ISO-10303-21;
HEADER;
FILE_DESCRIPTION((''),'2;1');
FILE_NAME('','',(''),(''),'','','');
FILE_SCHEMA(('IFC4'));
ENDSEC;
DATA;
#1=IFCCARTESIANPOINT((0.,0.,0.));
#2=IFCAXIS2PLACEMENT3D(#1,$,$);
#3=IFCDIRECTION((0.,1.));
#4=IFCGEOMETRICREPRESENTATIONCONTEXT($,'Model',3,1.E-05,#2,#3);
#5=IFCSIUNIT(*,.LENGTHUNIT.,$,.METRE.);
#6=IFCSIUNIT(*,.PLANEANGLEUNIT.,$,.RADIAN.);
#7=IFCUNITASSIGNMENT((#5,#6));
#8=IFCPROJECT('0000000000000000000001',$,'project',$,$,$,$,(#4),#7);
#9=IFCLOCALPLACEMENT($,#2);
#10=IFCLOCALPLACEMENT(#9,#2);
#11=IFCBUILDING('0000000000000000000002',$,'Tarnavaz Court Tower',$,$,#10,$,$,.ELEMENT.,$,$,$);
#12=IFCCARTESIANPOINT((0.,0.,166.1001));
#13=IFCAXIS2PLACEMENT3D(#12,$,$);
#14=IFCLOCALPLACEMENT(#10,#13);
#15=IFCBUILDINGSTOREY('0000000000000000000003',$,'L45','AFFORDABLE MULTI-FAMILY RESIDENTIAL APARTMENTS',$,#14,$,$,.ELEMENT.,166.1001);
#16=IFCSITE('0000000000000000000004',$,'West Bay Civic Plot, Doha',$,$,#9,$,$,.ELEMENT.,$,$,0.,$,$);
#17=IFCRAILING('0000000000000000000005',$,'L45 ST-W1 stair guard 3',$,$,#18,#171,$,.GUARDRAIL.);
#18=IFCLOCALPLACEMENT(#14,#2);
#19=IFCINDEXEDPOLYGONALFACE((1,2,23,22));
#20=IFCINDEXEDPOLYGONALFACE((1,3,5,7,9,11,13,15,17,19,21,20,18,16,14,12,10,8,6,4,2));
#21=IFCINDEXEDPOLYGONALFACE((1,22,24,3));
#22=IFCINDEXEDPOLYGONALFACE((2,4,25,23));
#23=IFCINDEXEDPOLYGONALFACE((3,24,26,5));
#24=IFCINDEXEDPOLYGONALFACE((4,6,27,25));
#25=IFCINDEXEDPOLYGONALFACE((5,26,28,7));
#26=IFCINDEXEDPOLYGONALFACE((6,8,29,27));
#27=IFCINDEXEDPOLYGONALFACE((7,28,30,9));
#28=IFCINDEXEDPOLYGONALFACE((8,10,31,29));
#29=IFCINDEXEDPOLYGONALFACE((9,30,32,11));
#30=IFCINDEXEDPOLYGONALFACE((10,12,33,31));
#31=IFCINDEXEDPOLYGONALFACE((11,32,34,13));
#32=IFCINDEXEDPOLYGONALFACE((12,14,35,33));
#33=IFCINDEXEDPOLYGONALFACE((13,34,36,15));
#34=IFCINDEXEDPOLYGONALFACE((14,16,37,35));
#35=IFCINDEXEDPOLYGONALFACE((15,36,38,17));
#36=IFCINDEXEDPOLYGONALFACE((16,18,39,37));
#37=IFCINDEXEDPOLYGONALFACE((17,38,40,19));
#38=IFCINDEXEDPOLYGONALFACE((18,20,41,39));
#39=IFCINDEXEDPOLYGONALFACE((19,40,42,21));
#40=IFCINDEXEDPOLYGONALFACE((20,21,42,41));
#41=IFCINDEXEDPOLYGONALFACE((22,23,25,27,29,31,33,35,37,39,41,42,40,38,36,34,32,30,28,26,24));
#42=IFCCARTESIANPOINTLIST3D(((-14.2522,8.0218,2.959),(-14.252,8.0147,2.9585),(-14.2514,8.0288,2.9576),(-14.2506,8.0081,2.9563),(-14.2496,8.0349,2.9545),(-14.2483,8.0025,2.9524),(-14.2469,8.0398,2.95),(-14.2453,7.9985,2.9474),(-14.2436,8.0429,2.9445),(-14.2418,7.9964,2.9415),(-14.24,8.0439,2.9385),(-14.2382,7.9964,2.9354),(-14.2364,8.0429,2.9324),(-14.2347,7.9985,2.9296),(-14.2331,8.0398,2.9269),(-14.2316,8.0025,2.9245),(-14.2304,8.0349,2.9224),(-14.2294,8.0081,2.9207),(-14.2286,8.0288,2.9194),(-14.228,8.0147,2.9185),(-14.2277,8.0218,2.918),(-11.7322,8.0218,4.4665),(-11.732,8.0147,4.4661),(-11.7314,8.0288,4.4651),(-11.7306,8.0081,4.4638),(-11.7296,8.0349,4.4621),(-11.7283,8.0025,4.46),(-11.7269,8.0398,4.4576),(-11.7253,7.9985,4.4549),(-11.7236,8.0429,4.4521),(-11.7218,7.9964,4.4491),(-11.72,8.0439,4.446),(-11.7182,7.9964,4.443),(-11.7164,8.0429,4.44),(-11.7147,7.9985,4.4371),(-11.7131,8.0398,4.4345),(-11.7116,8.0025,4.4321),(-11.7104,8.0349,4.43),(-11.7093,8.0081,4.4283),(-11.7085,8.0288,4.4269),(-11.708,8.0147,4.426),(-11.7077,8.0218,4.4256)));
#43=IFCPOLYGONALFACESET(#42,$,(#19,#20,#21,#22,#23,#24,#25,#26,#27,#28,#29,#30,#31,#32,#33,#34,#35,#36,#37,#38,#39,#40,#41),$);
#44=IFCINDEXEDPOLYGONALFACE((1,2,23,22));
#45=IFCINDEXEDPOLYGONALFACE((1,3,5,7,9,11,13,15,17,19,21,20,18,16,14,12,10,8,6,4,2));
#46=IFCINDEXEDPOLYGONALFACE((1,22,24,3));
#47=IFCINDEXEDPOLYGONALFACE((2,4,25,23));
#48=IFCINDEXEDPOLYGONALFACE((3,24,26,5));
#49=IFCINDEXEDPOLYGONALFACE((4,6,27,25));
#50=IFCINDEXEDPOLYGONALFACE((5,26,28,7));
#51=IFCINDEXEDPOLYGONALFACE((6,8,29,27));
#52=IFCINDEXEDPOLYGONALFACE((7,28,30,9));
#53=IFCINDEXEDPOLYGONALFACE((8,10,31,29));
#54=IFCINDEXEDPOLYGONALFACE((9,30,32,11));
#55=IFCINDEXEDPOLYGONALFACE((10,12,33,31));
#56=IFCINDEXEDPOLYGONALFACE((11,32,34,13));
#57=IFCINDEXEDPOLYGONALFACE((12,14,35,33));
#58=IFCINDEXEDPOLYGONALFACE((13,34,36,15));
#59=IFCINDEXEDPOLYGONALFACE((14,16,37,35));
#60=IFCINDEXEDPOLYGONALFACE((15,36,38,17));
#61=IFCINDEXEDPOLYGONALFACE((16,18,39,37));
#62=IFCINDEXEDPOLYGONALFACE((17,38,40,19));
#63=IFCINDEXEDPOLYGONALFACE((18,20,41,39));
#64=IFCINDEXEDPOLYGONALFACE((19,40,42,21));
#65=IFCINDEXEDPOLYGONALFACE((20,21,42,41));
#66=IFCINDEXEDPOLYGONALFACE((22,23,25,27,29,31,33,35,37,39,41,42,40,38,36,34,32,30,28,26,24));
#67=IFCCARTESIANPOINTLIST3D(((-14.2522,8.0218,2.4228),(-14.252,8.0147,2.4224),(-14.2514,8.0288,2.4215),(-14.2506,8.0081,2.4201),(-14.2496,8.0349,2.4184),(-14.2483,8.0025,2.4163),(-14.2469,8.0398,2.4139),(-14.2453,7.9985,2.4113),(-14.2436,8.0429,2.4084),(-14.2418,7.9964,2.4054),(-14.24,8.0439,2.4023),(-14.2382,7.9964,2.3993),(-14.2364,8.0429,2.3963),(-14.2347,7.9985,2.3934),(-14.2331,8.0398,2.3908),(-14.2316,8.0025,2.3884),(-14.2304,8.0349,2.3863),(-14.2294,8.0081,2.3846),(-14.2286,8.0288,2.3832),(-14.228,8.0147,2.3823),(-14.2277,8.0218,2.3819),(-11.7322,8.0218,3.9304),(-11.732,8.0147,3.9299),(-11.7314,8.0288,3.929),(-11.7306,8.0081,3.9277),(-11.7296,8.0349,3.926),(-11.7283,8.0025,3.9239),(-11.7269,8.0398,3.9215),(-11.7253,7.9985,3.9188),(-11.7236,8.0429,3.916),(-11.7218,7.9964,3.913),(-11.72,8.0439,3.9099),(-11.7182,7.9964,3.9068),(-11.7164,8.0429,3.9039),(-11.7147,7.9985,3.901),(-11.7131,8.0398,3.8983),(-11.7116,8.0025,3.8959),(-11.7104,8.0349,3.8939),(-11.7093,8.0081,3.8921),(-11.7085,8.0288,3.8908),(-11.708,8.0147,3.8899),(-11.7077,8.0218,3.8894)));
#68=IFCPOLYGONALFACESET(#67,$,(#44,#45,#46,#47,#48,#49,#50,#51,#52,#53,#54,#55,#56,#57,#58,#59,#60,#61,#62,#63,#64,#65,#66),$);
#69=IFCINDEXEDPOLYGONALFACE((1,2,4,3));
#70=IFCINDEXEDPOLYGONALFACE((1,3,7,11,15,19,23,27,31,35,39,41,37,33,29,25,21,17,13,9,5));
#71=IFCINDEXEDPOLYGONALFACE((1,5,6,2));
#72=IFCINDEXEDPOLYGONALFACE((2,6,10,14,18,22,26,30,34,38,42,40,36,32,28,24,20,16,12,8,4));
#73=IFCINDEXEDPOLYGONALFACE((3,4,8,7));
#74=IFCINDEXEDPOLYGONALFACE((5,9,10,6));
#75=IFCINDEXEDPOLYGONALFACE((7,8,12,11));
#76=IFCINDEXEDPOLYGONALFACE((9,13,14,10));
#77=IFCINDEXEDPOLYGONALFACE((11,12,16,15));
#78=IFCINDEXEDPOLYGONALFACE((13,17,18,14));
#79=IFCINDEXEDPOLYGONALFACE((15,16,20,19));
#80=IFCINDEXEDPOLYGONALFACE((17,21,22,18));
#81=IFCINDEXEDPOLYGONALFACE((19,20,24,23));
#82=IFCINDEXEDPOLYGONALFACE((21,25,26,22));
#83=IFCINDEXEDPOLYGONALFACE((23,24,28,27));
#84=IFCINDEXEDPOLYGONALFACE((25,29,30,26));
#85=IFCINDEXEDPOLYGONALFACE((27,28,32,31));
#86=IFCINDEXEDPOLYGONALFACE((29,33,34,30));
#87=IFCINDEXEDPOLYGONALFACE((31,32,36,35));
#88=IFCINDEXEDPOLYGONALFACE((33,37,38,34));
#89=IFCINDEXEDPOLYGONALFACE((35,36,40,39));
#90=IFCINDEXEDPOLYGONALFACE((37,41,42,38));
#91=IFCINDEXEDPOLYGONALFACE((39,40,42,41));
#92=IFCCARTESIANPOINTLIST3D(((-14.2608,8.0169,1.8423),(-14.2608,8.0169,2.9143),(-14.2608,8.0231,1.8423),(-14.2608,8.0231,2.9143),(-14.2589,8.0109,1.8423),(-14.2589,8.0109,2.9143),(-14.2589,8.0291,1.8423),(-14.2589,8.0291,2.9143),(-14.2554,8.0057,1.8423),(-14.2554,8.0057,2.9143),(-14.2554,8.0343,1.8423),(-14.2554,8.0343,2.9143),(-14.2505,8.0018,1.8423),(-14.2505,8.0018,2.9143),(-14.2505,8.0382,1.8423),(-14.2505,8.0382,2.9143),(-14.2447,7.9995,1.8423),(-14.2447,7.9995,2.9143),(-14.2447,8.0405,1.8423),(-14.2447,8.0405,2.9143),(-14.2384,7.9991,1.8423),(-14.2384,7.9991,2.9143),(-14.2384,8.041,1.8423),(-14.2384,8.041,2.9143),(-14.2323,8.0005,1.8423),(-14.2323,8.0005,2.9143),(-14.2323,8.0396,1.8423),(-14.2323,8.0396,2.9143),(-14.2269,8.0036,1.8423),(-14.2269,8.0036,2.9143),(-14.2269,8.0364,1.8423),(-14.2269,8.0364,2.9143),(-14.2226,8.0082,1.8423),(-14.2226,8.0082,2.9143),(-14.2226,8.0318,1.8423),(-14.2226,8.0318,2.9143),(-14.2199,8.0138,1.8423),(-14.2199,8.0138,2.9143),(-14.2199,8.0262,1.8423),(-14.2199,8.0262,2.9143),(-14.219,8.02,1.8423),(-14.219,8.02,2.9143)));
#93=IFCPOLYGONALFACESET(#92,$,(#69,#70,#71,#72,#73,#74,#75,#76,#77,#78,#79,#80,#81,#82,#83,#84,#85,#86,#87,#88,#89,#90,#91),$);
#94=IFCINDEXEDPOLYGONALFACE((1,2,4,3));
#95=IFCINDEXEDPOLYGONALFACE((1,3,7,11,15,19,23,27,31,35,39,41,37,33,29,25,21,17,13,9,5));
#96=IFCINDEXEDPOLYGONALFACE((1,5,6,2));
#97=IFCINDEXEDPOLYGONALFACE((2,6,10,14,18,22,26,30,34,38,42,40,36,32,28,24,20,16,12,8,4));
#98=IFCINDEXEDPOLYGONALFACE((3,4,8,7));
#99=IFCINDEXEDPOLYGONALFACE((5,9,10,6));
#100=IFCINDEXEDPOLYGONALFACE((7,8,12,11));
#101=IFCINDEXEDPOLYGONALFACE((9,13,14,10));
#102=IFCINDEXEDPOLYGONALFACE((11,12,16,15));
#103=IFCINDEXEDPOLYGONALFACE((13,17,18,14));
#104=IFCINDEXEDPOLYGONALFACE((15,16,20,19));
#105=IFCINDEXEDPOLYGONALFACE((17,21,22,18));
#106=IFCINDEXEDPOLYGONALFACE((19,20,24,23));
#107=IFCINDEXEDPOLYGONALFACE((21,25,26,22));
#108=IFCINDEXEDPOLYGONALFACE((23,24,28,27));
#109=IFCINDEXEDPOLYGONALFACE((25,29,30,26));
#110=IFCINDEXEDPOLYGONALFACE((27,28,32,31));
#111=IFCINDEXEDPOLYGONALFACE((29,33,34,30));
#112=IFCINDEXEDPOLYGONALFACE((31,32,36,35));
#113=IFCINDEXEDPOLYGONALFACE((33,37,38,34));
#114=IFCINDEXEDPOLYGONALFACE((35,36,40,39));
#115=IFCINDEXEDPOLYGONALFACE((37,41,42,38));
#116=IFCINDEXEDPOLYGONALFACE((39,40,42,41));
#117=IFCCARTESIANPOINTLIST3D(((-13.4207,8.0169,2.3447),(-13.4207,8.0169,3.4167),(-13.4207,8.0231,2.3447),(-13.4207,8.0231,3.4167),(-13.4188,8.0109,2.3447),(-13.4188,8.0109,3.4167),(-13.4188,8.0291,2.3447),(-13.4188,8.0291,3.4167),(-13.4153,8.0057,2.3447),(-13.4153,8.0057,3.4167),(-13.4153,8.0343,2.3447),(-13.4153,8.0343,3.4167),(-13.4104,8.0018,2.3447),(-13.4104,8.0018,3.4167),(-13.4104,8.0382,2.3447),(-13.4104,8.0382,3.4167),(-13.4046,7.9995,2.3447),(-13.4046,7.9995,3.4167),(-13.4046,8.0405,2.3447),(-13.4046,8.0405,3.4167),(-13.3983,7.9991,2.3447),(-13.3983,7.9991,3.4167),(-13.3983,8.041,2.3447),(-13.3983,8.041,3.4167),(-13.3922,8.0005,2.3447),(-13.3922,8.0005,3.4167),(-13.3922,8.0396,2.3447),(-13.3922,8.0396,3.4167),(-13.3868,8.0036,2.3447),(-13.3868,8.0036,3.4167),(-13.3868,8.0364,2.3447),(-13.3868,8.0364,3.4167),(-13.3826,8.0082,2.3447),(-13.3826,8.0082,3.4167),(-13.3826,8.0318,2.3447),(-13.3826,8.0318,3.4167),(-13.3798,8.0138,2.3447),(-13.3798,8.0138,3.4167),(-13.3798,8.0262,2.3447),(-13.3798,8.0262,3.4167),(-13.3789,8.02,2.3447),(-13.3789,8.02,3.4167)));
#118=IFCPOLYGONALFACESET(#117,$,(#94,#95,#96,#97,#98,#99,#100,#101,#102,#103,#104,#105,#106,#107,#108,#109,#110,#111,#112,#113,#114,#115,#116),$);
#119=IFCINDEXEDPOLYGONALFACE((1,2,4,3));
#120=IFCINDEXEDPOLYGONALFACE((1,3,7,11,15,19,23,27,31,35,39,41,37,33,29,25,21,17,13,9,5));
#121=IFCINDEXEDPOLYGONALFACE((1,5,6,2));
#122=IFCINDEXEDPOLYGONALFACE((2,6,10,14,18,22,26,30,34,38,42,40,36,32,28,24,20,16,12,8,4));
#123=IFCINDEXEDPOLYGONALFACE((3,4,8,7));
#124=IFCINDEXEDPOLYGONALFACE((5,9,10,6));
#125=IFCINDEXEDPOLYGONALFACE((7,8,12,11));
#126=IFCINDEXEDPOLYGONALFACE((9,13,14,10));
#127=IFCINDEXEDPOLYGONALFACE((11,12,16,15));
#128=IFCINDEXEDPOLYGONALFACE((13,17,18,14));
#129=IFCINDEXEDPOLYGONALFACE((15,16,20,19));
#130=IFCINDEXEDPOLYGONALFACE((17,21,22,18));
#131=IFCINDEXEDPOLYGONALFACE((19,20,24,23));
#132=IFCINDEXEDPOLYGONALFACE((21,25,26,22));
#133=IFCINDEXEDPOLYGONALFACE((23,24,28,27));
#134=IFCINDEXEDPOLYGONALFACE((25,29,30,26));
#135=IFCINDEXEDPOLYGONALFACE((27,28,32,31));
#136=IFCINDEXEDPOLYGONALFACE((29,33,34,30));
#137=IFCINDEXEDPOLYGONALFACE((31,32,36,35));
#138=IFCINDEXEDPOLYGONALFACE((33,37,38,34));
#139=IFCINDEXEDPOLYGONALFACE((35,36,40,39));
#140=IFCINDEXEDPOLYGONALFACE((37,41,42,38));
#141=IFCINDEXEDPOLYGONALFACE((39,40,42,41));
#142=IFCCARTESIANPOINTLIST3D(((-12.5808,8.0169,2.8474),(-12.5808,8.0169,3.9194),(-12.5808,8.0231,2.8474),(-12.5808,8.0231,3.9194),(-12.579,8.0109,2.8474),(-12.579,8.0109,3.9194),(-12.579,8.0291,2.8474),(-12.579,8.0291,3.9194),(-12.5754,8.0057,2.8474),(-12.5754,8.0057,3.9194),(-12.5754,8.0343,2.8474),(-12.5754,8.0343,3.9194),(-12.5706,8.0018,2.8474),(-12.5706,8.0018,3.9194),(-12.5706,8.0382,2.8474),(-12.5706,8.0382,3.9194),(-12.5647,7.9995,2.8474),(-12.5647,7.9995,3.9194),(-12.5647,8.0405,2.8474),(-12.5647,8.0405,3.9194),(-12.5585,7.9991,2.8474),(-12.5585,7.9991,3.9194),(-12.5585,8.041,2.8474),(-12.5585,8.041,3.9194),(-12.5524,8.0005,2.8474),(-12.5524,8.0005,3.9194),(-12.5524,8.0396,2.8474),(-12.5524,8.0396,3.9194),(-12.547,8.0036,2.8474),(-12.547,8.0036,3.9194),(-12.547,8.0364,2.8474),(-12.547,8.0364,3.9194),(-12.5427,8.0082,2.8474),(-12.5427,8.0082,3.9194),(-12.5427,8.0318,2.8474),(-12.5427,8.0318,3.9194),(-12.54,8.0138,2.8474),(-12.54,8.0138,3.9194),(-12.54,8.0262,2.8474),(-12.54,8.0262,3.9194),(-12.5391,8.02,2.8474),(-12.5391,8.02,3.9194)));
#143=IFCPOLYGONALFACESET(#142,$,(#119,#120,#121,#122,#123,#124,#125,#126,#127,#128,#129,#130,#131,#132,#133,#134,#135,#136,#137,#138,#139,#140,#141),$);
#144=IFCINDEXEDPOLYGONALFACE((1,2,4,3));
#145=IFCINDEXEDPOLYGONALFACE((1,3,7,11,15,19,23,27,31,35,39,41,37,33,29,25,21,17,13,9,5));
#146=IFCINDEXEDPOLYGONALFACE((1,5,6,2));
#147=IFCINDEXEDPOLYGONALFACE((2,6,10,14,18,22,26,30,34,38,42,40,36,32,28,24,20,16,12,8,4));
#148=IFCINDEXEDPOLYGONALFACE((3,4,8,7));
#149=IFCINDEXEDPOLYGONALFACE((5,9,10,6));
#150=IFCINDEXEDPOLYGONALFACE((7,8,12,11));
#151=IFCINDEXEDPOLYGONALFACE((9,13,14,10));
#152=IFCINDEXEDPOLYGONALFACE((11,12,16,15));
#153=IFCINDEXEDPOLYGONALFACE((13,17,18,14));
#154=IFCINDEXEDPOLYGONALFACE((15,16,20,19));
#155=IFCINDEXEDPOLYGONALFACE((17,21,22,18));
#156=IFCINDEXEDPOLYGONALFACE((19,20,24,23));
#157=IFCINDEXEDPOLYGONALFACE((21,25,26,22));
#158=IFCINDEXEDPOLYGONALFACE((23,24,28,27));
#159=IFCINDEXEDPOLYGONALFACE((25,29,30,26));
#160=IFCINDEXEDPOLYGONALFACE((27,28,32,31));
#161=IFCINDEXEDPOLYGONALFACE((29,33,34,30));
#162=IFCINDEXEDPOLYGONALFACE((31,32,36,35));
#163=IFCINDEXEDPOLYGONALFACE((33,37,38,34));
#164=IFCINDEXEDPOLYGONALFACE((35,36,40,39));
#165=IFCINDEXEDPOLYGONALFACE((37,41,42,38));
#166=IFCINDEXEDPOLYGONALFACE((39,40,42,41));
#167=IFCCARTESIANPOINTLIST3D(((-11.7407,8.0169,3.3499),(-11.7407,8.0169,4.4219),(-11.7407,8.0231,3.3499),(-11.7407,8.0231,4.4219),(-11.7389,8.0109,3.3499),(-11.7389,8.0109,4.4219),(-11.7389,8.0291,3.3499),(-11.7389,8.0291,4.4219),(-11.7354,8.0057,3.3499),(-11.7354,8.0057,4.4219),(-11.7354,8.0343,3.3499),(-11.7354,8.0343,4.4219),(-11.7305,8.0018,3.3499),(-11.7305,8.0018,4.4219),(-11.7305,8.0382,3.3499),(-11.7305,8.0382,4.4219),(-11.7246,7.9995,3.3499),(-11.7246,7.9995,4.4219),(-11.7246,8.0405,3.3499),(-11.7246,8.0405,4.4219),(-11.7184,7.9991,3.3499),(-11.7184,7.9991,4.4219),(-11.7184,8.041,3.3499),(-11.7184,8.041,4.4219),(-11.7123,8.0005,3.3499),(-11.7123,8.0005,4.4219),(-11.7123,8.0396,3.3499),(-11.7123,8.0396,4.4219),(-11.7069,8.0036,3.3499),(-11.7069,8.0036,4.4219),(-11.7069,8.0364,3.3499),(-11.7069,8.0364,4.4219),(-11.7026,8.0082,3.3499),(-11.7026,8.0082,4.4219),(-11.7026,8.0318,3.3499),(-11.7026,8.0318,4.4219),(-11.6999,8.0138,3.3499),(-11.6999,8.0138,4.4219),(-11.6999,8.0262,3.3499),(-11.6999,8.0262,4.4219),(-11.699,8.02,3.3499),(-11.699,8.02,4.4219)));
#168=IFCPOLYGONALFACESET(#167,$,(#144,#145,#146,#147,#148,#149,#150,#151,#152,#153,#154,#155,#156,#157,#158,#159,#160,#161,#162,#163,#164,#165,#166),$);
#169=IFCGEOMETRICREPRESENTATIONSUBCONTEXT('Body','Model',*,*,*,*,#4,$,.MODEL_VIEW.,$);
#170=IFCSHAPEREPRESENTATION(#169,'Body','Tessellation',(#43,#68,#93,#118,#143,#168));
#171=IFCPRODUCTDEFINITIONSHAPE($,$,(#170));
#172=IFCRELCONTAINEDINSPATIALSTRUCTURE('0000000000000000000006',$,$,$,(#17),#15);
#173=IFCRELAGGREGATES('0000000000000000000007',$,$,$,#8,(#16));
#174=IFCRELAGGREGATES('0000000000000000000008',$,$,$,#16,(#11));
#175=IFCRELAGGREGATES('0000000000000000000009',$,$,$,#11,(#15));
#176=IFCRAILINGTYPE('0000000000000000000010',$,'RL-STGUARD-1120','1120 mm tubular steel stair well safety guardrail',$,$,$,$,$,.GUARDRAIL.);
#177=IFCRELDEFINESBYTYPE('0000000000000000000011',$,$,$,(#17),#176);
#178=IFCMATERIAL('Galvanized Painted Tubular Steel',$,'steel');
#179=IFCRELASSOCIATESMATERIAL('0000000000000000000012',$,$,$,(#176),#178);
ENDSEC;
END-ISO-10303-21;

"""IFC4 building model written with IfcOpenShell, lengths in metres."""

from ifc_helpers import new_model, si_unit, direction, frame, origin, origin_2d, place, context, subcontext, project, spatial, circle, extrude, material, type_object, element, save


model = new_model("IFC4")

# Units and contexts
model_context = context("Model", 3, precision=1e-05, world=origin(), true_north=direction((0.0, 1.0)))
body_context = subcontext(model_context, "Body", "Model", "MODEL_VIEW")
ifc_project = project(units=[si_unit("LENGTHUNIT", "METRE"), si_unit("PLANEANGLEUNIT", "RADIAN")], contexts=[model_context])

# Site, building, storey
site_placement = place(None, origin())
site = spatial("IfcSite", under=ifc_project, at=site_placement, Name="West Bay Civic Plot, Doha", CompositionType="ELEMENT", RefElevation=0.0)
building_placement = place(site_placement, origin())
building = spatial("IfcBuilding", under=site, at=building_placement, Name="Tarnavaz Court Tower", CompositionType="ELEMENT")
storey_placement = place(building_placement, frame((0.0, 0.0, 166.1001)))
storey = spatial("IfcBuildingStorey", under=building, at=storey_placement, Name="L45", Description="AFFORDABLE MULTI-FAMILY RESIDENTIAL APARTMENTS", CompositionType="ELEMENT", Elevation=166.1001)

# Railing
ifc_material_1 = material(Name="Galvanized Painted Tubular Steel", Category="steel")
railing_type_1 = type_object("IfcRailingType", Name="RL-STGUARD-1120", Description="1120 mm tubular steel stair well safety guardrail", PredefinedType="GUARDRAIL", material=ifc_material_1)
railing_1_placement = place(storey_placement, frame((-14.24, 8.02, 1.8423)))
element("IfcRailing", 1, at=railing_1_placement, inside=storey, type_object=railing_type_1, Name="L45 ST-W1 stair guard 3", PredefinedType="GUARDRAIL", context=body_context, shape_type="SweptSolid", body=[
    extrude(circle(Radius=0.0239, at=origin_2d()), frame((0.0, 0.0, 1.0962), z_axis=(0.85816, 0.0, 0.513383), x_axis=(0.0, 1.0, 0.0)), (0.0, 0.0, 1.0), 2.9365),
    extrude(circle(Radius=0.0239, at=origin_2d()), frame((0.0, 0.0, 0.5601), z_axis=(0.85816, 0.0, 0.513383), x_axis=(0.0, 1.0, 0.0)), (0.0, 0.0, 1.0), 2.9365),
    extrude(circle(Radius=0.021, at=origin_2d()), origin(), (0.0, 0.0, 1.0), 1.072),
    extrude(circle(Radius=0.021, at=origin_2d()), frame((0.8401, 0.0, 0.5024)), (0.0, 0.0, 1.0), 1.072),
    extrude(circle(Radius=0.021, at=origin_2d()), frame((1.6799, 0.0, 1.0051)), (0.0, 0.0, 1.0), 1.072),
    extrude(circle(Radius=0.021, at=origin_2d()), frame((2.52, 0.0, 1.5076)), (0.0, 0.0, 1.0), 1.072),
])

save(model, "model.ifc")
